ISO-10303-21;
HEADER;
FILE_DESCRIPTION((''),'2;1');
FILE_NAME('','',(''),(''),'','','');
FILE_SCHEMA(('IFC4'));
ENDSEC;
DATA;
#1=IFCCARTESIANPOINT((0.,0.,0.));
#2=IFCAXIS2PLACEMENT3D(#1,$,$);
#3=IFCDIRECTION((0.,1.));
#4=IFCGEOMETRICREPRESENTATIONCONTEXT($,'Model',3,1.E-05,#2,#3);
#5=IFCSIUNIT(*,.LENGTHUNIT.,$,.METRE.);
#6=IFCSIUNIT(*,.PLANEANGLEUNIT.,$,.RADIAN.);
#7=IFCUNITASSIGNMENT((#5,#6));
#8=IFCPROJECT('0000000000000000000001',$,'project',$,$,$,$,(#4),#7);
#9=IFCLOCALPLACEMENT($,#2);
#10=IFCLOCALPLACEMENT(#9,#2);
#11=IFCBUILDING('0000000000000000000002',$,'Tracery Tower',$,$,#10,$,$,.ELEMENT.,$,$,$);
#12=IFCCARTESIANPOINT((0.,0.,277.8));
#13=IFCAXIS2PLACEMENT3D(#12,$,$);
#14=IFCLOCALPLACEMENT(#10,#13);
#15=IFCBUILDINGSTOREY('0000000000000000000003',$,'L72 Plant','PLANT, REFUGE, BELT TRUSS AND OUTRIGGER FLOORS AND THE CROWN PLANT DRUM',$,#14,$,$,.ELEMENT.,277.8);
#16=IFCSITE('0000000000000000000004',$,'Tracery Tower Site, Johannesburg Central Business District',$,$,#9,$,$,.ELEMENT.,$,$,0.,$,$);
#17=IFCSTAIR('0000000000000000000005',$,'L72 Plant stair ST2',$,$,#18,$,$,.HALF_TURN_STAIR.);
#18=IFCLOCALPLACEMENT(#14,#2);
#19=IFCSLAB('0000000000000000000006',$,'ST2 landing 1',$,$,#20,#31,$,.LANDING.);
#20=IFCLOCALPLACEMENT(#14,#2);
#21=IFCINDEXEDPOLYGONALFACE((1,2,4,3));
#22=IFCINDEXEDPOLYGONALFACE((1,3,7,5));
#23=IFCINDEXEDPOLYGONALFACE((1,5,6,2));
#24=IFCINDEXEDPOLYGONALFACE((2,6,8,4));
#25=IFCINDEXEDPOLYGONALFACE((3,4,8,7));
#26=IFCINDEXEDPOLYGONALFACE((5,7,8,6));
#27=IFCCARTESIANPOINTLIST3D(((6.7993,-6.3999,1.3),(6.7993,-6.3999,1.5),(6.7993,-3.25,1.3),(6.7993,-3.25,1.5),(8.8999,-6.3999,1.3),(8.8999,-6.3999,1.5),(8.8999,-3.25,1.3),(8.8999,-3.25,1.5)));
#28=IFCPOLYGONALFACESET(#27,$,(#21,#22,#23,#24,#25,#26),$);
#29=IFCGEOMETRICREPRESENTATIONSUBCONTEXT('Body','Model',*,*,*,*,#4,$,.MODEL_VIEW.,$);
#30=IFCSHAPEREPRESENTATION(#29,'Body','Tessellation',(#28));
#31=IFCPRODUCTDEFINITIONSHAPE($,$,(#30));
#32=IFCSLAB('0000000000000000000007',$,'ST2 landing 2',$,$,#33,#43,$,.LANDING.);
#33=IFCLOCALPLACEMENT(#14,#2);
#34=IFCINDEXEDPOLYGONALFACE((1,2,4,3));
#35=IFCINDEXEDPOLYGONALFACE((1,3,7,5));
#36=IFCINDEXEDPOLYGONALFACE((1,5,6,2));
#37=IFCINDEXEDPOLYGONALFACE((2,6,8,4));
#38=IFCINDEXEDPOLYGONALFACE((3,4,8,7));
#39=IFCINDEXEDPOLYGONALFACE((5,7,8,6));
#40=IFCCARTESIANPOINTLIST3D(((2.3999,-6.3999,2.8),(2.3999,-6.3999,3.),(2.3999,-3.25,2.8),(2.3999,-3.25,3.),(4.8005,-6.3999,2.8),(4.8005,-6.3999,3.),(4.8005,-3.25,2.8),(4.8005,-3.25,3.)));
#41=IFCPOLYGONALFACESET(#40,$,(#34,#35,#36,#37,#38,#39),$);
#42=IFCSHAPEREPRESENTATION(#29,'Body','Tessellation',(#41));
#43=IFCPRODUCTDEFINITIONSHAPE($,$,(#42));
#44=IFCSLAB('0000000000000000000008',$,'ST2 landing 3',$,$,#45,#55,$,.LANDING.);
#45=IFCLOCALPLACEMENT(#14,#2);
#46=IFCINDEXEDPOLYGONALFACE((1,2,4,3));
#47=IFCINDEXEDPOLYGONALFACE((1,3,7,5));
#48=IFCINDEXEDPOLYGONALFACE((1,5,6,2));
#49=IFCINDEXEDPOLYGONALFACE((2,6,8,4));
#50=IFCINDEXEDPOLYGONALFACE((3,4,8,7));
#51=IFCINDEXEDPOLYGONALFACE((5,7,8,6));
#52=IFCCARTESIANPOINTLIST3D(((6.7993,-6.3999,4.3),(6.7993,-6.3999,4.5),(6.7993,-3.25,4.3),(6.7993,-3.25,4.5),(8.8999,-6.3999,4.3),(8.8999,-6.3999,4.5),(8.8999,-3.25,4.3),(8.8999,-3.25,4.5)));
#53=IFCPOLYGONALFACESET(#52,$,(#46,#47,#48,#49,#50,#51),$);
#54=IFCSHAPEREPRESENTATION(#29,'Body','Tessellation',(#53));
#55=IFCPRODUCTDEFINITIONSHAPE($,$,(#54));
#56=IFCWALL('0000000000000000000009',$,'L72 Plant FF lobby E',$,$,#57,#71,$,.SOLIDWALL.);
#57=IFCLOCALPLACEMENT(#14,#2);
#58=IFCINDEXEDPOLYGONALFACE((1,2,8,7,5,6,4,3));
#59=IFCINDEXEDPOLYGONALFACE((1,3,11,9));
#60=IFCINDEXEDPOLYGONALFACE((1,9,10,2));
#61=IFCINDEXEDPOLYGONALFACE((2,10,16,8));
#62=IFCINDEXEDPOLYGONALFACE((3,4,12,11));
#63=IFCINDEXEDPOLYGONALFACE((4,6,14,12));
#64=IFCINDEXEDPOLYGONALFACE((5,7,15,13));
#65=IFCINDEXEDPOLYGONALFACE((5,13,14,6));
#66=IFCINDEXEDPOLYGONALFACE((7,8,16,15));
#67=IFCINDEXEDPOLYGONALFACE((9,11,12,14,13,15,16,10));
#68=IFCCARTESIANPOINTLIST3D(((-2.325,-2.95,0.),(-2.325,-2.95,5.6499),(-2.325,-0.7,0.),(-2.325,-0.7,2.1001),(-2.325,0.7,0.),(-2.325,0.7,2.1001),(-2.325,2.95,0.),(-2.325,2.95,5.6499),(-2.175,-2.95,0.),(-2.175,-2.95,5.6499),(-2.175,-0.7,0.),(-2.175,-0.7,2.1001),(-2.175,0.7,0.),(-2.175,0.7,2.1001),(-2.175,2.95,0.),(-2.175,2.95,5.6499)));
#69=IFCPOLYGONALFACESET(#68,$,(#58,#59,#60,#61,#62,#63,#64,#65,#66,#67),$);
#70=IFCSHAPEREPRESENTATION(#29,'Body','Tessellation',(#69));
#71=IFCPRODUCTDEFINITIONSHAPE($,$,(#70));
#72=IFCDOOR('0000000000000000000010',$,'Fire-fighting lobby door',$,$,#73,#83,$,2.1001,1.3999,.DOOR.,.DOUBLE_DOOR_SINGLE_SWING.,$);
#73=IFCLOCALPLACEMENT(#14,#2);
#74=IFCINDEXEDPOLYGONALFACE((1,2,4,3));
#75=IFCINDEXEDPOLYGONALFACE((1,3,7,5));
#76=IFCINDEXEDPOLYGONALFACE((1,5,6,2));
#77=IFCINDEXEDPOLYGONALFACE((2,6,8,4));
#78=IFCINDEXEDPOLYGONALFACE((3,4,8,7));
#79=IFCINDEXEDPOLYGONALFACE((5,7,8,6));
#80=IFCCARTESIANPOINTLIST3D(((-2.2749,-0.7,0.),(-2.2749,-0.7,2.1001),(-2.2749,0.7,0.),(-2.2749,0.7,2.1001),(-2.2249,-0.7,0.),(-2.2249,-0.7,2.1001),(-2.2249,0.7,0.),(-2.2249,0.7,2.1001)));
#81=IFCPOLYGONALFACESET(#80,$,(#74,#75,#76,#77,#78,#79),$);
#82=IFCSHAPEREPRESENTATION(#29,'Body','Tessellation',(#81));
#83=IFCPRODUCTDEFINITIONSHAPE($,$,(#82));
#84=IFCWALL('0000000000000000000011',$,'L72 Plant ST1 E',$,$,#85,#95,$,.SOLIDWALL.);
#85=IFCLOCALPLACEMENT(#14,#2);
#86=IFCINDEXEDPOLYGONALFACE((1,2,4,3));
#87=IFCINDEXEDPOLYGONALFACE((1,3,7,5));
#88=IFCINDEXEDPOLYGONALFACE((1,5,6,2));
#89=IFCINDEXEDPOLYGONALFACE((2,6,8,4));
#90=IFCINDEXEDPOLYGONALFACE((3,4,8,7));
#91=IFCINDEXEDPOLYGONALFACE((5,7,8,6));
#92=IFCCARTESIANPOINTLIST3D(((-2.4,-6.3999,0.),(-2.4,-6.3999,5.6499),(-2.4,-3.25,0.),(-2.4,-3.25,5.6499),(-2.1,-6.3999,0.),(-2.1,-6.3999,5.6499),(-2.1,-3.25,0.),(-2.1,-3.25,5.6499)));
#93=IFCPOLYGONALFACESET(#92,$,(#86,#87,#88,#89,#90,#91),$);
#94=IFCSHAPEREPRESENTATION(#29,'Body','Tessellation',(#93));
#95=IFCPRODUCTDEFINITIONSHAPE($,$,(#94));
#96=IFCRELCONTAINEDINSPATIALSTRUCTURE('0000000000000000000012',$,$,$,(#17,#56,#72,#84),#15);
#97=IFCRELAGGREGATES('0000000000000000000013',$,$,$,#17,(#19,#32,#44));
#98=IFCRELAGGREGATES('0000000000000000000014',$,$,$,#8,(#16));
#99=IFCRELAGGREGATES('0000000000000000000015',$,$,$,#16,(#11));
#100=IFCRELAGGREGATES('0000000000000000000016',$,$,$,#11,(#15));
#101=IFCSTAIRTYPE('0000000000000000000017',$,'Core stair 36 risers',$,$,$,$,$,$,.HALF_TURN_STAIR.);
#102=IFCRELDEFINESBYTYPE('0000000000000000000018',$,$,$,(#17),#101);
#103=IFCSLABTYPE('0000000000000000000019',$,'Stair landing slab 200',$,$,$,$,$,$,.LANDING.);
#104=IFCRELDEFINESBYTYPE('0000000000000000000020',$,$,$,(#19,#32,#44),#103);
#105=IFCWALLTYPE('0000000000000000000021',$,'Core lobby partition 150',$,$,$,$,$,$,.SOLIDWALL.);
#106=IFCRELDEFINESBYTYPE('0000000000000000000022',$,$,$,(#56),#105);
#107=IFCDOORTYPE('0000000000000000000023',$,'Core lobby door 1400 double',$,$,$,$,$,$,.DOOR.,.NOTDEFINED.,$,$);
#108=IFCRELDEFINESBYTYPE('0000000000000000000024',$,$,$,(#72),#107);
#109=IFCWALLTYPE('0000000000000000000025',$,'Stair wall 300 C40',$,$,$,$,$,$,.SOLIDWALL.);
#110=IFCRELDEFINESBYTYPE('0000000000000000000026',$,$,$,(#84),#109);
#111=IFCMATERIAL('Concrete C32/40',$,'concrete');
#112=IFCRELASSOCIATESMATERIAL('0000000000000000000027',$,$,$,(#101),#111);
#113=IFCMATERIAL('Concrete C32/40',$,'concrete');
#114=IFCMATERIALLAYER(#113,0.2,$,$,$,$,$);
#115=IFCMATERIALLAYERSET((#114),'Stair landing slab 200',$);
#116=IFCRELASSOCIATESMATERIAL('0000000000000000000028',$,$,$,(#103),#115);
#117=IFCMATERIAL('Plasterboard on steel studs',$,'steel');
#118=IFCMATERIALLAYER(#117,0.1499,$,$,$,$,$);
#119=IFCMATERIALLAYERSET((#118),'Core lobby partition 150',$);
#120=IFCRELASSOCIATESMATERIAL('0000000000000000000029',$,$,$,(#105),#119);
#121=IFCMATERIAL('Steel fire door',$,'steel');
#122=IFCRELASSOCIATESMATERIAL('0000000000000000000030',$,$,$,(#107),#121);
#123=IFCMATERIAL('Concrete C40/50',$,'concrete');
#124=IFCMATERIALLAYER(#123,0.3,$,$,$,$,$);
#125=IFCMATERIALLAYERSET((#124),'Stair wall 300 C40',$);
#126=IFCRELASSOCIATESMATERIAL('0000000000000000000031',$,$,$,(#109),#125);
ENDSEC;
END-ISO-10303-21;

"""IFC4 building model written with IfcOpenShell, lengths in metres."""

from ifc_helpers import new_model, si_unit, direction, frame, frame_2d, origin, place, context, subcontext, project, spatial, polyline, rectangle, outline, extrude, material, layer, layer_set, type_object, element, fill, aggregate, save


model = new_model("IFC4")

# Units and contexts
model_context = context("Model", 3, precision=1e-05, world=origin(), true_north=direction((0.0, 1.0)))
body_context = subcontext(model_context, "Body", "Model", "MODEL_VIEW")
ifc_project = project(units=[si_unit("LENGTHUNIT", "METRE"), si_unit("PLANEANGLEUNIT", "RADIAN")], contexts=[model_context])

# Site, building, storey
site_placement = place(None, origin())
site = spatial("IfcSite", under=ifc_project, at=site_placement, Name="Tracery Tower Site, Johannesburg Central Business District", CompositionType="ELEMENT", RefElevation=0.0)
building_placement = place(site_placement, origin())
building = spatial("IfcBuilding", under=site, at=building_placement, Name="Tracery Tower", CompositionType="ELEMENT")
storey_placement = place(building_placement, frame((0.0, 0.0, 277.8)))
storey = spatial("IfcBuildingStorey", under=building, at=storey_placement, Name="L72 Plant", Description="PLANT, REFUGE, BELT TRUSS AND OUTRIGGER FLOORS AND THE CROWN PLANT DRUM", CompositionType="ELEMENT", Elevation=277.8)

# Stair, slabs
ifc_material_1 = material(Name="Concrete C32/40", Category="concrete")
stair_type = type_object("IfcStairType", Name="Core stair 36 risers", PredefinedType="HALF_TURN_STAIR", material=ifc_material_1)
ifc_material_2 = material(Name="Concrete C32/40", Category="concrete")
ifc_layer_1 = layer(ifc_material_2, 0.2)
ifc_layer_set_1 = layer_set([ifc_layer_1], Name="Stair landing slab 200")
slab_type_1 = type_object("IfcSlabType", Name="Stair landing slab 200", PredefinedType="LANDING", material=ifc_layer_set_1)
stair_1_placement = place(storey_placement, origin())
stair_1 = element("IfcStair", 1, at=stair_1_placement, inside=storey, type_object=stair_type, Name="L72 Plant stair ST2", PredefinedType="HALF_TURN_STAIR")
slab_1_placement = place(storey_placement, frame((0.0, 0.0, 1.3)))
slab_1 = element("IfcSlab", 2, at=slab_1_placement, type_object=slab_type_1, Name="ST2 landing 1", PredefinedType="LANDING", context=body_context, shape_type="SweptSolid", body=[
    extrude(outline(polyline([(6.7993, -6.3999), (8.8999, -6.3999), (8.8999, -3.25), (6.7993, -3.25), (6.7993, -6.3999)])), origin(), (0.0, 0.0, 1.0), 0.2),
])
slab_2_placement = place(storey_placement, frame((0.0, 0.0, 2.8)))
slab_2 = element("IfcSlab", 3, at=slab_2_placement, type_object=slab_type_1, Name="ST2 landing 2", PredefinedType="LANDING", context=body_context, shape_type="SweptSolid", body=[
    extrude(outline(polyline([(2.3999, -6.3999), (4.8005, -6.3999), (4.8005, -3.25), (2.3999, -3.25), (2.3999, -6.3999)])), origin(), (0.0, 0.0, 1.0), 0.2),
])
slab_3_placement = place(storey_placement, frame((0.0, 0.0, 4.3)))
slab_3 = element("IfcSlab", 4, at=slab_3_placement, type_object=slab_type_1, Name="ST2 landing 3", PredefinedType="LANDING", context=body_context, shape_type="SweptSolid", body=[
    extrude(outline(polyline([(6.7993, -6.3999), (8.8999, -6.3999), (8.8999, -3.25), (6.7993, -3.25), (6.7993, -6.3999)])), origin(), (0.0, 0.0, 1.0), 0.2),
])
aggregate(stair_1, [slab_1, slab_2, slab_3])

# Wall, opening, door
ifc_material_3 = material(Name="Plasterboard on steel studs", Category="steel")
ifc_layer_2 = layer(ifc_material_3, 0.1499)
ifc_layer_set_2 = layer_set([ifc_layer_2], Name="Core lobby partition 150")
wall_type_1 = type_object("IfcWallType", Name="Core lobby partition 150", PredefinedType="SOLIDWALL", material=ifc_layer_set_2)
wall_1_placement = place(storey_placement, frame((-2.25, -2.95, 0.0), z_axis=(0.0, 0.0, 1.0), x_axis=(0.0, 1.0, 0.0)))
wall_1 = element("IfcWall", 5, at=wall_1_placement, inside=storey, type_object=wall_type_1, Name="L72 Plant FF lobby E", PredefinedType="SOLIDWALL", context=body_context, shape_type="SweptSolid", body=[
    extrude(rectangle(XDim=5.8999, YDim=0.1499, at=frame_2d((2.95, 0.0))), origin(), (0.0, 0.0, 1.0), 5.6499),
])
opening_1_placement = place(wall_1_placement, frame((2.25, 0.0, 0.0)))
opening_1 = element("IfcOpeningElement", 6, at=opening_1_placement, cuts=wall_1, PredefinedType="OPENING", context=body_context, shape_type="SweptSolid", body=[
    extrude(rectangle(XDim=1.3999, YDim=2.1001, at=frame_2d((0.7, 1.05))), frame((0.0, 0.075, 0.0), z_axis=(0.0, -1.0, 0.0), x_axis=(1.0, 0.0, 0.0)), (0.0, 0.0, 1.0), 0.1499),
])
ifc_material_4 = material(Name="Steel fire door", Category="steel")
door_type_1 = type_object("IfcDoorType", Name="Core lobby door 1400 double", OperationType="NOTDEFINED", PredefinedType="DOOR", material=ifc_material_4)
door_1_placement = place(opening_1_placement, origin())
door_1 = element("IfcDoor", 7, at=door_1_placement, inside=storey, type_object=door_type_1, Name="Fire-fighting lobby door", OperationType="DOUBLE_DOOR_SINGLE_SWING", OverallHeight=2.1001, OverallWidth=1.3999, PredefinedType="DOOR", context=body_context, shape_type="SweptSolid", body=[
    extrude(rectangle(XDim=1.3999, YDim=2.1001, at=frame_2d((0.7, 1.05))), frame((0.0, 0.0249, 0.0), z_axis=(0.0, -1.0, 0.0), x_axis=(1.0, 0.0, 0.0)), (0.0, 0.0, 1.0), 0.05),
])
fill(opening_1, door_1)

# Wall
ifc_material_5 = material(Name="Concrete C40/50", Category="concrete")
ifc_layer_3 = layer(ifc_material_5, 0.3)
ifc_layer_set_3 = layer_set([ifc_layer_3], Name="Stair wall 300 C40")
wall_type_2 = type_object("IfcWallType", Name="Stair wall 300 C40", PredefinedType="SOLIDWALL", material=ifc_layer_set_3)
wall_2_placement = place(storey_placement, frame((-2.25, -6.3999, 0.0), z_axis=(0.0, 0.0, 1.0), x_axis=(0.0, 1.0, 0.0)))
element("IfcWall", 8, at=wall_2_placement, inside=storey, type_object=wall_type_2, Name="L72 Plant ST1 E", PredefinedType="SOLIDWALL", context=body_context, shape_type="SweptSolid", body=[
    extrude(rectangle(XDim=3.1499, YDim=0.3, at=frame_2d((1.575, 0.0))), origin(), (0.0, 0.0, 1.0), 5.6499),
])

save(model, "model.ifc")
